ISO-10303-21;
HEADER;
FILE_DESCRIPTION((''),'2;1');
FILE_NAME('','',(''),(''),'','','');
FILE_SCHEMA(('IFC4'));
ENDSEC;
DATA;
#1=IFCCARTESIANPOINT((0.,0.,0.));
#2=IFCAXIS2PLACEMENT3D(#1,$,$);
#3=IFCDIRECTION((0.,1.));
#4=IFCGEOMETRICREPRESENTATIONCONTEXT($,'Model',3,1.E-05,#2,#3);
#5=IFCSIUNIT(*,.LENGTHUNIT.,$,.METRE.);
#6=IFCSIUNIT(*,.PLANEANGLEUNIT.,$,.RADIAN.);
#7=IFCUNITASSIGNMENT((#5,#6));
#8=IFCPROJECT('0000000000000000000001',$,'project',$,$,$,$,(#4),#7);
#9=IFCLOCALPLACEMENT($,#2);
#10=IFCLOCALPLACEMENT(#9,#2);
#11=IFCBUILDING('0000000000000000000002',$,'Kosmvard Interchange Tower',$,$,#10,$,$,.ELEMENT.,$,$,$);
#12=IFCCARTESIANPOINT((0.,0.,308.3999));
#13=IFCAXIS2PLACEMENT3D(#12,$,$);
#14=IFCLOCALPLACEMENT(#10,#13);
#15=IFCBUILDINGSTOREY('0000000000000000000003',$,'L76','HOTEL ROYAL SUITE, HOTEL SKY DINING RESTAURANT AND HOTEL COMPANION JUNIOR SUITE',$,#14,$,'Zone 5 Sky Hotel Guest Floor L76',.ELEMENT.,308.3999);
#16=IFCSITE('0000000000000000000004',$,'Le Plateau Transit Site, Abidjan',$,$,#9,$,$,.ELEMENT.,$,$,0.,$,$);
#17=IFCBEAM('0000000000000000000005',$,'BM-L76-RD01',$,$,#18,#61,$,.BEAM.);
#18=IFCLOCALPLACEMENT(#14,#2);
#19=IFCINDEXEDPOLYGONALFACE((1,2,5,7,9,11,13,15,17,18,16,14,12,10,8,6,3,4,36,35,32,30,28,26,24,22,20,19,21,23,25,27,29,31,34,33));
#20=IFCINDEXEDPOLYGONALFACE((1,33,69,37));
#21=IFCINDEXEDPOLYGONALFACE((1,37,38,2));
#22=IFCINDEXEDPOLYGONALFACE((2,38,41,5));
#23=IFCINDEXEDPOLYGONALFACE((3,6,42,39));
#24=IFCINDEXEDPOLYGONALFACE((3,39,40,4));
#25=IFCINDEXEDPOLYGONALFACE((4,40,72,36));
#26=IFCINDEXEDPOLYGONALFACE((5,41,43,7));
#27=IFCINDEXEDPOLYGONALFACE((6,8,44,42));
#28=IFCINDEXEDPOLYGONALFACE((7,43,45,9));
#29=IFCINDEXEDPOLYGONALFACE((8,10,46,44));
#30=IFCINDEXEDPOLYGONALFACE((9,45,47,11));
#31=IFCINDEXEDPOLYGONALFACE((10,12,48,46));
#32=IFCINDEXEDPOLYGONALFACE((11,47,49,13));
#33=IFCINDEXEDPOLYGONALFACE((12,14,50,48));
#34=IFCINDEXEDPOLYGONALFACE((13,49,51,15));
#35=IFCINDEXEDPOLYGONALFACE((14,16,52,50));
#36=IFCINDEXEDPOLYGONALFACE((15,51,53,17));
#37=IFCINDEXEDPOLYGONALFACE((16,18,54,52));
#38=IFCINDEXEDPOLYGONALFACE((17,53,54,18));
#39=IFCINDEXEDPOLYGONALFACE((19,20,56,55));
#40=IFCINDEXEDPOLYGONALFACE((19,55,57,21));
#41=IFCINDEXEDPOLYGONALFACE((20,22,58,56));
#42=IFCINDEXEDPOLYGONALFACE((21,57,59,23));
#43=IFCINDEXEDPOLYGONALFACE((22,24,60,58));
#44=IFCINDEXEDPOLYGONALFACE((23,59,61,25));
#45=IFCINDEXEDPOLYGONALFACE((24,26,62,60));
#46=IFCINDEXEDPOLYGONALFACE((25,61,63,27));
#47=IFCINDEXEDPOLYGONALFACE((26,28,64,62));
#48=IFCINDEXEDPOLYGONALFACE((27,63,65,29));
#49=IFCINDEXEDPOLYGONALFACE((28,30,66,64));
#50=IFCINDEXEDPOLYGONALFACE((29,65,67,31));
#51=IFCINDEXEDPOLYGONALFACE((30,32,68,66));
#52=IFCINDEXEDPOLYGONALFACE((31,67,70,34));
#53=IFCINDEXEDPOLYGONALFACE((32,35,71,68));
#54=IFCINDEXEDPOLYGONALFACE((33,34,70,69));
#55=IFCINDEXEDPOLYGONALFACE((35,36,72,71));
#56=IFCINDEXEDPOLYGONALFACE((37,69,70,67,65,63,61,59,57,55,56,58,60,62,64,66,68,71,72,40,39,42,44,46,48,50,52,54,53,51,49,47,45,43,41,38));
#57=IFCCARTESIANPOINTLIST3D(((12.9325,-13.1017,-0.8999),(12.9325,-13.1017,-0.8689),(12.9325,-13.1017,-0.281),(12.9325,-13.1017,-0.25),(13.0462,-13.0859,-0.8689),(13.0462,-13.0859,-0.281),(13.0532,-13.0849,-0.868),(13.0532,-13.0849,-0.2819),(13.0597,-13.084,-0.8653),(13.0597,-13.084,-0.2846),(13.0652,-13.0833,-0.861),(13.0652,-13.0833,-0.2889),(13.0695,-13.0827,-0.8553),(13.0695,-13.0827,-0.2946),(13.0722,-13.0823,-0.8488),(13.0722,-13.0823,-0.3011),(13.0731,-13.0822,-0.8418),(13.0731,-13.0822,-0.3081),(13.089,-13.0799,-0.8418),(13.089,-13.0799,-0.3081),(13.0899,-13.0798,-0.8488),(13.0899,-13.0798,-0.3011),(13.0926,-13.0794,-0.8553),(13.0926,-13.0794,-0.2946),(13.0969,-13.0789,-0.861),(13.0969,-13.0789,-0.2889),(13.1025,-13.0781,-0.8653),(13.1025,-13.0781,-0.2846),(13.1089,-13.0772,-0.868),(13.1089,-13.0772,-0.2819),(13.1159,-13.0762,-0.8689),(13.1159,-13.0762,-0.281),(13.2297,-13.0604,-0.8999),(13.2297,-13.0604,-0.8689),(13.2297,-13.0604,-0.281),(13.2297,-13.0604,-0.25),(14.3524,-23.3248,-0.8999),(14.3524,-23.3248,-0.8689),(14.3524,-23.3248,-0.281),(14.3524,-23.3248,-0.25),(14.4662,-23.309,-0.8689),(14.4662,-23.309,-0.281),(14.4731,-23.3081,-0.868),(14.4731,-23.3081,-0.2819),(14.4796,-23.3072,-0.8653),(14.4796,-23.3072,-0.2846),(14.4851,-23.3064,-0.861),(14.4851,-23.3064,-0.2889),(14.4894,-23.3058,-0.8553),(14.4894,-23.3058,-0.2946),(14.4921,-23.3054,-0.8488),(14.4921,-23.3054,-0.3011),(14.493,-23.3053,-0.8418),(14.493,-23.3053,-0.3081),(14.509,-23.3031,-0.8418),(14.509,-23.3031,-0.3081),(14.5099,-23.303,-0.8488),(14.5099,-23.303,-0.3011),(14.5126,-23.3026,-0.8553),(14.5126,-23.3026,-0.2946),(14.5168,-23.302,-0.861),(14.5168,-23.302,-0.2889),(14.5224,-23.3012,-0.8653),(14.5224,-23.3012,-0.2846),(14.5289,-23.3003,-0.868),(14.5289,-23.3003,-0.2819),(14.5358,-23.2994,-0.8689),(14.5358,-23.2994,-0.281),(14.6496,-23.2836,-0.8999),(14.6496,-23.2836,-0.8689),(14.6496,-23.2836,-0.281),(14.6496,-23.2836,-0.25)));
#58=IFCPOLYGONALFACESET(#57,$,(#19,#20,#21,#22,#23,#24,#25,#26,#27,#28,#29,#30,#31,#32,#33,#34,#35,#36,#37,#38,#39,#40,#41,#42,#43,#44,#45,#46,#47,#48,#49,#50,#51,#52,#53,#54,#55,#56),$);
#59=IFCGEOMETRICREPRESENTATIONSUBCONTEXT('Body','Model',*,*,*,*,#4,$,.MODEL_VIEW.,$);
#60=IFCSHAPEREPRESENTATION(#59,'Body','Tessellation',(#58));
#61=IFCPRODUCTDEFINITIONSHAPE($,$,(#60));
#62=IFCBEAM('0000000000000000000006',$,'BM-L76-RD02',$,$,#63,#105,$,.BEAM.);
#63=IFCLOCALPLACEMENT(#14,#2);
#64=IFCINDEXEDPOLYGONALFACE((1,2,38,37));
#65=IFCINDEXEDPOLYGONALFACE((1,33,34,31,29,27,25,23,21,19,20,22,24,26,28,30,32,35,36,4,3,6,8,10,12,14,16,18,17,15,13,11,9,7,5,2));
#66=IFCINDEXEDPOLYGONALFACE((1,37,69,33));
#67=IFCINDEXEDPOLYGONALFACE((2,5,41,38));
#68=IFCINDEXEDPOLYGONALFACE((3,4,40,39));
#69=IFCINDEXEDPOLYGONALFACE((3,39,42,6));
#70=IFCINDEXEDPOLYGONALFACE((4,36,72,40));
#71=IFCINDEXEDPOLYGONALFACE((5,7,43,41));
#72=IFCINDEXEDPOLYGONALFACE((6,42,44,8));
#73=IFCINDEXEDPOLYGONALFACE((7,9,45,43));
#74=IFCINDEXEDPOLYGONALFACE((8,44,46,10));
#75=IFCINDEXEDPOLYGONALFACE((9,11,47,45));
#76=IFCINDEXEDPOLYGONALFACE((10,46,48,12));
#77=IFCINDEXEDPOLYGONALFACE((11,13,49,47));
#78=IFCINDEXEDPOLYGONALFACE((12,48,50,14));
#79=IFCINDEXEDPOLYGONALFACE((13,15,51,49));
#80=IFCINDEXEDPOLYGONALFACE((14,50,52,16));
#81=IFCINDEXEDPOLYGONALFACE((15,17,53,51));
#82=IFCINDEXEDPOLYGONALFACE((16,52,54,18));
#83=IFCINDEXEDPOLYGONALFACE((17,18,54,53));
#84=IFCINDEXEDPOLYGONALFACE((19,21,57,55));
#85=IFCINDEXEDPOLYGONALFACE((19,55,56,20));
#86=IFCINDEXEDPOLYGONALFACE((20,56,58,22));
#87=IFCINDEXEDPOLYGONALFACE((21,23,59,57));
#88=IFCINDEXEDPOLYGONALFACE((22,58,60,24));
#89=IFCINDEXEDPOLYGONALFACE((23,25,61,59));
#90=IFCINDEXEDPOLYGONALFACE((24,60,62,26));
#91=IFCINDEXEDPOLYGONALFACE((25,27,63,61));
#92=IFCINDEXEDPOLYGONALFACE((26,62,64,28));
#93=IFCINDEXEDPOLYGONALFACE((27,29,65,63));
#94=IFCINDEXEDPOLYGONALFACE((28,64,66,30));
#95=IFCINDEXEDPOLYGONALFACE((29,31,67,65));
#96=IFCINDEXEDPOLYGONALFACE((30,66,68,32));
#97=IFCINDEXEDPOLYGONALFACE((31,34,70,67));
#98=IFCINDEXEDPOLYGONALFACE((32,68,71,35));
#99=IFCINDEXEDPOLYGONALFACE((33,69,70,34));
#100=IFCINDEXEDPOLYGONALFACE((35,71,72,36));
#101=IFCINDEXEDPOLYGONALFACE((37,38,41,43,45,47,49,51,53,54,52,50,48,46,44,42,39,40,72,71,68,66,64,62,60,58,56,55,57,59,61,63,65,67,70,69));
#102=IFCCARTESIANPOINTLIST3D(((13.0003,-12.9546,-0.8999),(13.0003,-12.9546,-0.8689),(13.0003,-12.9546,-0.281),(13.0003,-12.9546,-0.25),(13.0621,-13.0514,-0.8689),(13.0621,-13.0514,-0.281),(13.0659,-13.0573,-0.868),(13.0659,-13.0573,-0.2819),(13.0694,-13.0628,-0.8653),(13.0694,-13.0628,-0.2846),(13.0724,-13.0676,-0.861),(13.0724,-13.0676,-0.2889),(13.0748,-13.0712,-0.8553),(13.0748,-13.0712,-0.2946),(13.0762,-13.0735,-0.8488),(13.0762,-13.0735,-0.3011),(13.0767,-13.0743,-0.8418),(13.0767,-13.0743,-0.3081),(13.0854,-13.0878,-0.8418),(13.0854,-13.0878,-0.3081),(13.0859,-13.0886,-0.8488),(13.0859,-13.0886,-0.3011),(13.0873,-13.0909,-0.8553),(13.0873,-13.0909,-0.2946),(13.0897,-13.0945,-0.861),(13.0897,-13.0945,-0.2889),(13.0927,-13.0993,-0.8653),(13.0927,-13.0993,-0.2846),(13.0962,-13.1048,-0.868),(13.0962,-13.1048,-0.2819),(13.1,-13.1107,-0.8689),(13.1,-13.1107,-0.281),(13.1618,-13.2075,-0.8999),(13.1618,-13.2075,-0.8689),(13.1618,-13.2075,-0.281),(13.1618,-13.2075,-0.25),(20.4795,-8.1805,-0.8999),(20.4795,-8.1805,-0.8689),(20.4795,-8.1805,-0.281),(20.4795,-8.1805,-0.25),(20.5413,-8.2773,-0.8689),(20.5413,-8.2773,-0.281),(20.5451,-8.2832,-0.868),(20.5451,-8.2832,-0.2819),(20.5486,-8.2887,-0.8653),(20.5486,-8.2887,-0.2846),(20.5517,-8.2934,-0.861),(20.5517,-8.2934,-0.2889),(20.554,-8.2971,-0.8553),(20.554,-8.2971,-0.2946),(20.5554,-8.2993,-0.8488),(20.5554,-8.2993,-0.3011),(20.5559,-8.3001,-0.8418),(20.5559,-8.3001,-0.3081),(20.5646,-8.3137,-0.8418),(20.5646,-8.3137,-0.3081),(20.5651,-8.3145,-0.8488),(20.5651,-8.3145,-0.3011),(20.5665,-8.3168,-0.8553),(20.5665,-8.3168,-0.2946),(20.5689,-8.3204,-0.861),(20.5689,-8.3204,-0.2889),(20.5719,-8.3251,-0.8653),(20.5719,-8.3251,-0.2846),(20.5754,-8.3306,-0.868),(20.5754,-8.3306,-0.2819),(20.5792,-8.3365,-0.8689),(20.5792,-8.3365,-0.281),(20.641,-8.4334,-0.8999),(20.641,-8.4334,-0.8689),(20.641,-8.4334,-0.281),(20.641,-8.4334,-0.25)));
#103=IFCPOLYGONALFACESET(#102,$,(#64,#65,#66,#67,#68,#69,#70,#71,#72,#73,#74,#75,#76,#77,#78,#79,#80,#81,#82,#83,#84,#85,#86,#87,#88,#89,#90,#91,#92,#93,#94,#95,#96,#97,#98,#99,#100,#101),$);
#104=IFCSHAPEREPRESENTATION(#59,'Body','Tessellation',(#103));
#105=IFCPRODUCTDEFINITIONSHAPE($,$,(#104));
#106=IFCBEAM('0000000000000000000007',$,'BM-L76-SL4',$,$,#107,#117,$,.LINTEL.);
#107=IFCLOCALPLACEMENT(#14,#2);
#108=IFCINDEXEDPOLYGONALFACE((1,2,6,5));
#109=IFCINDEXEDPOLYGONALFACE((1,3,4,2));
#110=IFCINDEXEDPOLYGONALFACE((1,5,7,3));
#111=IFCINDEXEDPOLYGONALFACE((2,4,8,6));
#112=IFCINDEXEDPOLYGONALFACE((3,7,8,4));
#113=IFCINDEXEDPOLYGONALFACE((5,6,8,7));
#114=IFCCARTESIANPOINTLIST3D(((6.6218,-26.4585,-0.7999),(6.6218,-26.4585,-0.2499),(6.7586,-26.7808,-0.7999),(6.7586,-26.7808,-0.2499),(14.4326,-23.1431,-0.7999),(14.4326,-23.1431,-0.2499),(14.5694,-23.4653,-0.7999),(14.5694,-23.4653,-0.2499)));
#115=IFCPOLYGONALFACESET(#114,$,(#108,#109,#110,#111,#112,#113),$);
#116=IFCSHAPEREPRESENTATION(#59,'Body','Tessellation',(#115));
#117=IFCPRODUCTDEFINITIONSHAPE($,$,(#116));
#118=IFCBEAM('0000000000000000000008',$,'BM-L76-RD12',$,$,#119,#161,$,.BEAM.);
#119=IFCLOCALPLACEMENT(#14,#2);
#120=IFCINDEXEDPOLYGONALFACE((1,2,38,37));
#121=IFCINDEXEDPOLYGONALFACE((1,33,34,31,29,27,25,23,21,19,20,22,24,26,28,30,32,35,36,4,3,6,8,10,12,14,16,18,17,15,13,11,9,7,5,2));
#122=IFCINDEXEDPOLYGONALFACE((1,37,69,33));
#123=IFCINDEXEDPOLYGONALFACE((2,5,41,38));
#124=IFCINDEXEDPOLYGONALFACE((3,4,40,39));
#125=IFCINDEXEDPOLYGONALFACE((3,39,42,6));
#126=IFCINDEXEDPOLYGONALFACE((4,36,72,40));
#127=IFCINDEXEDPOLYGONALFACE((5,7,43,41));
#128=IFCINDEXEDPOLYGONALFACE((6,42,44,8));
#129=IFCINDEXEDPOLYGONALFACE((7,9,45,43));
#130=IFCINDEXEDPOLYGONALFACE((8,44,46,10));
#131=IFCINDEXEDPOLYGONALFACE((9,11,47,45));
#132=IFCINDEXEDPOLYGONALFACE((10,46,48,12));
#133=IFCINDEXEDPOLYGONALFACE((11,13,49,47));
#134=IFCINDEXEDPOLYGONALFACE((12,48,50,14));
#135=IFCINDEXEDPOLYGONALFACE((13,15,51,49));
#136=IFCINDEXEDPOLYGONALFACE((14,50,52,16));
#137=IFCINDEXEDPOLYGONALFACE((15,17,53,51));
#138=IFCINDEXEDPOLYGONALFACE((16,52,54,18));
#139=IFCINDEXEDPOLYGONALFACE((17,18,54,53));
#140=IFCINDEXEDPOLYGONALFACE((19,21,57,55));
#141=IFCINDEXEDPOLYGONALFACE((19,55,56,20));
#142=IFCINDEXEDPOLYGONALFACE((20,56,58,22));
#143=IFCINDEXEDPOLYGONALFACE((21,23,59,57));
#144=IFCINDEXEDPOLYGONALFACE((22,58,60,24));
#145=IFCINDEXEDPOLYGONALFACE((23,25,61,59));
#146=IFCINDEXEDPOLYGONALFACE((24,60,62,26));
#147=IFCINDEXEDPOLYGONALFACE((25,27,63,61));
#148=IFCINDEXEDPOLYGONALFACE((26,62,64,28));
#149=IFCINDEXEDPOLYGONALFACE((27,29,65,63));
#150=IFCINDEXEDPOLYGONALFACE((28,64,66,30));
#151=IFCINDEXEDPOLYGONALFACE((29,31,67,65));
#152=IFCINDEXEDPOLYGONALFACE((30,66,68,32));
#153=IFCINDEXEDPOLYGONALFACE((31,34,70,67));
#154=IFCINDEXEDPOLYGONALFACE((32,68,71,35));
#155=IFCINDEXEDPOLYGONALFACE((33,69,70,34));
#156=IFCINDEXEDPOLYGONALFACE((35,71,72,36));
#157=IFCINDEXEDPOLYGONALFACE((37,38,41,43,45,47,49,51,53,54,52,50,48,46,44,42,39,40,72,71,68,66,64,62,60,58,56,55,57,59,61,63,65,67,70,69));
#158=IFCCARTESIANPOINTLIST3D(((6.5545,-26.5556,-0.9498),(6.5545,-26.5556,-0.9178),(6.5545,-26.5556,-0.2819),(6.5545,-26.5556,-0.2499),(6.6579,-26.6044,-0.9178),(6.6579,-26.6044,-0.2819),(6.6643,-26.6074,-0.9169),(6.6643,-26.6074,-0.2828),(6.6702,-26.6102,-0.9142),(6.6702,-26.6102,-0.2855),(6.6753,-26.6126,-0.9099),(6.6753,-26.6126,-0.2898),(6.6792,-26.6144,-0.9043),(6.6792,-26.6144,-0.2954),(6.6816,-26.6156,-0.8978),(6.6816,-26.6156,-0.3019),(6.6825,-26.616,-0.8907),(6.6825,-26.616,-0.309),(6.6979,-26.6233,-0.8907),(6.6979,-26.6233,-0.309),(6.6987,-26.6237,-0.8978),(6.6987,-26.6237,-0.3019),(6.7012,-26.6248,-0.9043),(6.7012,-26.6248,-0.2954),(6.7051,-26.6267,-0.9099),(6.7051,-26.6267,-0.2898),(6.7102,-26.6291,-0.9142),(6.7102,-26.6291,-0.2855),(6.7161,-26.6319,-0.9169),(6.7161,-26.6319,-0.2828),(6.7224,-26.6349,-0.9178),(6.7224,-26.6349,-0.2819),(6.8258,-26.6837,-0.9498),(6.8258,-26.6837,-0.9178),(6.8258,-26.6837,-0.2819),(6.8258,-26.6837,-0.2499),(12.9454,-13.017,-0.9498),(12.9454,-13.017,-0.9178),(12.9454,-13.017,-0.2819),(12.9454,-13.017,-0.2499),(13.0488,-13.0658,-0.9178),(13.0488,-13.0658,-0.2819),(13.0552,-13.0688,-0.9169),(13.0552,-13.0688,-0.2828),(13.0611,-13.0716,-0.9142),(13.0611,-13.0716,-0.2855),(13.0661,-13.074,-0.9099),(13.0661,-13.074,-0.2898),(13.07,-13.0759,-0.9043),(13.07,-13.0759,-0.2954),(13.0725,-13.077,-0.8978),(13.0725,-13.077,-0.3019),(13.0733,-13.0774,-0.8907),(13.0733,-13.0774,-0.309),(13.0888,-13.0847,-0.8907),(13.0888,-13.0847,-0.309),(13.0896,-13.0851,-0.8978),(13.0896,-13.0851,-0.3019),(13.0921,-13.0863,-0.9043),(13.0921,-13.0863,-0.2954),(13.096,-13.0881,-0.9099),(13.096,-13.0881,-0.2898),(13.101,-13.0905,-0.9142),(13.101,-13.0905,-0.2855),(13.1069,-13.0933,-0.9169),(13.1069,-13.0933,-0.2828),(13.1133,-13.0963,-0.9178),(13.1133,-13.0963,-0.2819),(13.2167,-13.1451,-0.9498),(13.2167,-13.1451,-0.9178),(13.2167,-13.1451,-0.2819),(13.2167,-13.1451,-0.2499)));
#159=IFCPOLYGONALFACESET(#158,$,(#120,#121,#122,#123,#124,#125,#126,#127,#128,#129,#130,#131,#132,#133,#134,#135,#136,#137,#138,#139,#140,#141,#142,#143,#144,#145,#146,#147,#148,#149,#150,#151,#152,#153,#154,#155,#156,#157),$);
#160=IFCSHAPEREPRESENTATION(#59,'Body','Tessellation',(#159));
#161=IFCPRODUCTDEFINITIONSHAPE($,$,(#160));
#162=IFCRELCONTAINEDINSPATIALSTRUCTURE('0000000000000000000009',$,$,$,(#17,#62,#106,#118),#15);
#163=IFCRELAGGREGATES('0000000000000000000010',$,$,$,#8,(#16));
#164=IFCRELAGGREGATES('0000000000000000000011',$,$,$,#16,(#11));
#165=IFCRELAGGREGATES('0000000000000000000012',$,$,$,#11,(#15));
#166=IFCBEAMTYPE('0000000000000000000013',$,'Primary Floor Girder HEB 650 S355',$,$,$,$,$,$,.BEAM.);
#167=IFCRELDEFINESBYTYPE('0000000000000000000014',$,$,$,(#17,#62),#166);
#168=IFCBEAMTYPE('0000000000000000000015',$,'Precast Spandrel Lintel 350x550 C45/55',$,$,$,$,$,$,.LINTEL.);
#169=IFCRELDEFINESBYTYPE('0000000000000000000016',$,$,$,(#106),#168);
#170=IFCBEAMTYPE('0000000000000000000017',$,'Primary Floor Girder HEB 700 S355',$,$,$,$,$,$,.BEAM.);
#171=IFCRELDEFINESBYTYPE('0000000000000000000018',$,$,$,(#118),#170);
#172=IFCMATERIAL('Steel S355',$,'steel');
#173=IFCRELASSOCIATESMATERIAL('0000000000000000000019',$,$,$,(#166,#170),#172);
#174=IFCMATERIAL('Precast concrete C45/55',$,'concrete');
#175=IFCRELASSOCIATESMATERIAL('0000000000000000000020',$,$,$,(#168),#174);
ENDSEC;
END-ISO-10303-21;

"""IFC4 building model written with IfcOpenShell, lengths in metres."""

from ifc_helpers import new_model, si_unit, direction, frame, origin, origin_2d, place, context, subcontext, project, spatial, rectangle, i_section, extrude, source, transform, mapped, material, material_profile, profile_set, type_object, element, save


model = new_model("IFC4")

# Units and contexts
model_context = context("Model", 3, precision=1e-05, world=origin(), true_north=direction((0.0, 1.0)))
body_context = subcontext(model_context, "Body", "Model", "MODEL_VIEW")
ifc_project = project(units=[si_unit("LENGTHUNIT", "METRE"), si_unit("PLANEANGLEUNIT", "RADIAN")], contexts=[model_context])

# Site, building, storey
site_placement = place(None, origin())
site = spatial("IfcSite", under=ifc_project, at=site_placement, Name="Le Plateau Transit Site, Abidjan", CompositionType="ELEMENT", RefElevation=0.0)
building_placement = place(site_placement, origin())
building = spatial("IfcBuilding", under=site, at=building_placement, Name="Kosmvard Interchange Tower", CompositionType="ELEMENT")
storey_placement = place(building_placement, frame((0.0, 0.0, 308.3999)))
storey = spatial("IfcBuildingStorey", under=building, at=storey_placement, Name="L76", Description="HOTEL ROYAL SUITE, HOTEL SKY DINING RESTAURANT AND HOTEL COMPANION JUNIOR SUITE", LongName="Zone 5 Sky Hotel Guest Floor L76", CompositionType="ELEMENT", Elevation=308.3999)

# Beams
ifc_material_1 = material(Name="Steel S355", Category="steel")
ifc_material_profile_1 = material_profile(ifc_material_1, i_section(OverallWidth=0.3, OverallDepth=0.6499, WebThickness=0.0161, FlangeThickness=0.031, FilletRadius=0.0271, at=origin_2d()), Name="HEB 650")
ifc_profile_set_1 = profile_set([ifc_material_profile_1], Name="Steel S355")
beam_type_1 = type_object("IfcBeamType", Name="Primary Floor Girder HEB 650 S355", PredefinedType="BEAM", material=ifc_profile_set_1)
shared_shape_1 = source(origin(), body_context, "Body", "SweptSolid", [
    extrude(i_section(OverallWidth=0.3, OverallDepth=0.6499, WebThickness=0.0161, FlangeThickness=0.031, FilletRadius=0.0271, at=origin_2d()), origin(), (0.0, 0.0, 1.0), 10.3213),
])
beam_1_placement = place(storey_placement, frame((13.0811, -13.0811, -0.575), z_axis=(0.137572, -0.990492, 0.0), x_axis=(0.990492, 0.137572, 0.0)))
element("IfcBeam", 1, at=beam_1_placement, inside=storey, type_object=beam_type_1, Name="BM-L76-RD01", PredefinedType="BEAM", context=body_context, shape_type="MappedRepresentation", body=[
    mapped(shared_shape_1, transform((0.0, 0.0, 0.0), scale=1.0)),
])
shared_shape_2 = source(origin(), body_context, "Body", "SweptSolid", [
    extrude(i_section(OverallWidth=0.3, OverallDepth=0.6499, WebThickness=0.0161, FlangeThickness=0.031, FilletRadius=0.0271, at=origin_2d()), origin(), (0.0, 0.0, 1.0), 8.873),
])
beam_2_placement = place(storey_placement, frame((13.0811, -13.0811, -0.575), z_axis=(0.842913, 0.53805, 0.0), x_axis=(-0.53805, 0.842913, 0.0)))
element("IfcBeam", 2, at=beam_2_placement, inside=storey, type_object=beam_type_1, Name="BM-L76-RD02", PredefinedType="BEAM", context=body_context, shape_type="MappedRepresentation", body=[
    mapped(shared_shape_2, transform((0.0, 0.0, 0.0), scale=1.0)),
])
ifc_material_2 = material(Name="Precast concrete C45/55", Category="concrete")
ifc_material_profile_2 = material_profile(ifc_material_2, rectangle(XDim=0.3501, YDim=0.55, at=origin_2d()), Name="SL 350x550")
ifc_profile_set_2 = profile_set([ifc_material_profile_2], Name="Precast concrete C45/55")
beam_type_2 = type_object("IfcBeamType", Name="Precast Spandrel Lintel 350x550 C45/55", PredefinedType="LINTEL", material=ifc_profile_set_2)
shared_shape_3 = source(origin(), body_context, "Body", "SweptSolid", [
    extrude(rectangle(XDim=0.3501, YDim=0.55, at=origin_2d()), origin(), (0.0, 0.0, 1.0), 8.4854),
])
beam_3_placement = place(storey_placement, frame((6.6902, -26.6196, -0.5249), z_axis=(0.920507, 0.390726, 0.0), x_axis=(-0.390726, 0.920507, 0.0)))
element("IfcBeam", 3, at=beam_3_placement, inside=storey, type_object=beam_type_2, Name="BM-L76-SL4", PredefinedType="LINTEL", context=body_context, shape_type="MappedRepresentation", body=[
    mapped(shared_shape_3, transform((0.0, 0.0, 0.0), scale=1.0)),
])
ifc_material_profile_3 = material_profile(ifc_material_1, i_section(OverallWidth=0.3, OverallDepth=0.7, WebThickness=0.0171, FlangeThickness=0.032, FilletRadius=0.0271, at=origin_2d()), Name="HEB 700")
ifc_profile_set_3 = profile_set([ifc_material_profile_3], Name="Steel S355")
beam_type_3 = type_object("IfcBeamType", Name="Primary Floor Girder HEB 700 S355", PredefinedType="BEAM", material=ifc_profile_set_3)
shared_shape_4 = source(origin(), body_context, "Body", "SweptSolid", [
    extrude(i_section(OverallWidth=0.3, OverallDepth=0.7, WebThickness=0.0171, FlangeThickness=0.032, FilletRadius=0.0271, at=origin_2d()), origin(), (0.0, 0.0, 1.0), 14.9712),
])
beam_4_placement = place(storey_placement, frame((13.0811, -13.0811, -0.5999), z_axis=(-0.426878, -0.904309, 0.0), x_axis=(0.904309, -0.426878, 0.0)))
element("IfcBeam", 4, at=beam_4_placement, inside=storey, type_object=beam_type_3, Name="BM-L76-RD12", PredefinedType="BEAM", context=body_context, shape_type="MappedRepresentation", body=[
    mapped(shared_shape_4, transform((0.0, 0.0, 0.0), scale=1.0)),
])

save(model, "model.ifc")
